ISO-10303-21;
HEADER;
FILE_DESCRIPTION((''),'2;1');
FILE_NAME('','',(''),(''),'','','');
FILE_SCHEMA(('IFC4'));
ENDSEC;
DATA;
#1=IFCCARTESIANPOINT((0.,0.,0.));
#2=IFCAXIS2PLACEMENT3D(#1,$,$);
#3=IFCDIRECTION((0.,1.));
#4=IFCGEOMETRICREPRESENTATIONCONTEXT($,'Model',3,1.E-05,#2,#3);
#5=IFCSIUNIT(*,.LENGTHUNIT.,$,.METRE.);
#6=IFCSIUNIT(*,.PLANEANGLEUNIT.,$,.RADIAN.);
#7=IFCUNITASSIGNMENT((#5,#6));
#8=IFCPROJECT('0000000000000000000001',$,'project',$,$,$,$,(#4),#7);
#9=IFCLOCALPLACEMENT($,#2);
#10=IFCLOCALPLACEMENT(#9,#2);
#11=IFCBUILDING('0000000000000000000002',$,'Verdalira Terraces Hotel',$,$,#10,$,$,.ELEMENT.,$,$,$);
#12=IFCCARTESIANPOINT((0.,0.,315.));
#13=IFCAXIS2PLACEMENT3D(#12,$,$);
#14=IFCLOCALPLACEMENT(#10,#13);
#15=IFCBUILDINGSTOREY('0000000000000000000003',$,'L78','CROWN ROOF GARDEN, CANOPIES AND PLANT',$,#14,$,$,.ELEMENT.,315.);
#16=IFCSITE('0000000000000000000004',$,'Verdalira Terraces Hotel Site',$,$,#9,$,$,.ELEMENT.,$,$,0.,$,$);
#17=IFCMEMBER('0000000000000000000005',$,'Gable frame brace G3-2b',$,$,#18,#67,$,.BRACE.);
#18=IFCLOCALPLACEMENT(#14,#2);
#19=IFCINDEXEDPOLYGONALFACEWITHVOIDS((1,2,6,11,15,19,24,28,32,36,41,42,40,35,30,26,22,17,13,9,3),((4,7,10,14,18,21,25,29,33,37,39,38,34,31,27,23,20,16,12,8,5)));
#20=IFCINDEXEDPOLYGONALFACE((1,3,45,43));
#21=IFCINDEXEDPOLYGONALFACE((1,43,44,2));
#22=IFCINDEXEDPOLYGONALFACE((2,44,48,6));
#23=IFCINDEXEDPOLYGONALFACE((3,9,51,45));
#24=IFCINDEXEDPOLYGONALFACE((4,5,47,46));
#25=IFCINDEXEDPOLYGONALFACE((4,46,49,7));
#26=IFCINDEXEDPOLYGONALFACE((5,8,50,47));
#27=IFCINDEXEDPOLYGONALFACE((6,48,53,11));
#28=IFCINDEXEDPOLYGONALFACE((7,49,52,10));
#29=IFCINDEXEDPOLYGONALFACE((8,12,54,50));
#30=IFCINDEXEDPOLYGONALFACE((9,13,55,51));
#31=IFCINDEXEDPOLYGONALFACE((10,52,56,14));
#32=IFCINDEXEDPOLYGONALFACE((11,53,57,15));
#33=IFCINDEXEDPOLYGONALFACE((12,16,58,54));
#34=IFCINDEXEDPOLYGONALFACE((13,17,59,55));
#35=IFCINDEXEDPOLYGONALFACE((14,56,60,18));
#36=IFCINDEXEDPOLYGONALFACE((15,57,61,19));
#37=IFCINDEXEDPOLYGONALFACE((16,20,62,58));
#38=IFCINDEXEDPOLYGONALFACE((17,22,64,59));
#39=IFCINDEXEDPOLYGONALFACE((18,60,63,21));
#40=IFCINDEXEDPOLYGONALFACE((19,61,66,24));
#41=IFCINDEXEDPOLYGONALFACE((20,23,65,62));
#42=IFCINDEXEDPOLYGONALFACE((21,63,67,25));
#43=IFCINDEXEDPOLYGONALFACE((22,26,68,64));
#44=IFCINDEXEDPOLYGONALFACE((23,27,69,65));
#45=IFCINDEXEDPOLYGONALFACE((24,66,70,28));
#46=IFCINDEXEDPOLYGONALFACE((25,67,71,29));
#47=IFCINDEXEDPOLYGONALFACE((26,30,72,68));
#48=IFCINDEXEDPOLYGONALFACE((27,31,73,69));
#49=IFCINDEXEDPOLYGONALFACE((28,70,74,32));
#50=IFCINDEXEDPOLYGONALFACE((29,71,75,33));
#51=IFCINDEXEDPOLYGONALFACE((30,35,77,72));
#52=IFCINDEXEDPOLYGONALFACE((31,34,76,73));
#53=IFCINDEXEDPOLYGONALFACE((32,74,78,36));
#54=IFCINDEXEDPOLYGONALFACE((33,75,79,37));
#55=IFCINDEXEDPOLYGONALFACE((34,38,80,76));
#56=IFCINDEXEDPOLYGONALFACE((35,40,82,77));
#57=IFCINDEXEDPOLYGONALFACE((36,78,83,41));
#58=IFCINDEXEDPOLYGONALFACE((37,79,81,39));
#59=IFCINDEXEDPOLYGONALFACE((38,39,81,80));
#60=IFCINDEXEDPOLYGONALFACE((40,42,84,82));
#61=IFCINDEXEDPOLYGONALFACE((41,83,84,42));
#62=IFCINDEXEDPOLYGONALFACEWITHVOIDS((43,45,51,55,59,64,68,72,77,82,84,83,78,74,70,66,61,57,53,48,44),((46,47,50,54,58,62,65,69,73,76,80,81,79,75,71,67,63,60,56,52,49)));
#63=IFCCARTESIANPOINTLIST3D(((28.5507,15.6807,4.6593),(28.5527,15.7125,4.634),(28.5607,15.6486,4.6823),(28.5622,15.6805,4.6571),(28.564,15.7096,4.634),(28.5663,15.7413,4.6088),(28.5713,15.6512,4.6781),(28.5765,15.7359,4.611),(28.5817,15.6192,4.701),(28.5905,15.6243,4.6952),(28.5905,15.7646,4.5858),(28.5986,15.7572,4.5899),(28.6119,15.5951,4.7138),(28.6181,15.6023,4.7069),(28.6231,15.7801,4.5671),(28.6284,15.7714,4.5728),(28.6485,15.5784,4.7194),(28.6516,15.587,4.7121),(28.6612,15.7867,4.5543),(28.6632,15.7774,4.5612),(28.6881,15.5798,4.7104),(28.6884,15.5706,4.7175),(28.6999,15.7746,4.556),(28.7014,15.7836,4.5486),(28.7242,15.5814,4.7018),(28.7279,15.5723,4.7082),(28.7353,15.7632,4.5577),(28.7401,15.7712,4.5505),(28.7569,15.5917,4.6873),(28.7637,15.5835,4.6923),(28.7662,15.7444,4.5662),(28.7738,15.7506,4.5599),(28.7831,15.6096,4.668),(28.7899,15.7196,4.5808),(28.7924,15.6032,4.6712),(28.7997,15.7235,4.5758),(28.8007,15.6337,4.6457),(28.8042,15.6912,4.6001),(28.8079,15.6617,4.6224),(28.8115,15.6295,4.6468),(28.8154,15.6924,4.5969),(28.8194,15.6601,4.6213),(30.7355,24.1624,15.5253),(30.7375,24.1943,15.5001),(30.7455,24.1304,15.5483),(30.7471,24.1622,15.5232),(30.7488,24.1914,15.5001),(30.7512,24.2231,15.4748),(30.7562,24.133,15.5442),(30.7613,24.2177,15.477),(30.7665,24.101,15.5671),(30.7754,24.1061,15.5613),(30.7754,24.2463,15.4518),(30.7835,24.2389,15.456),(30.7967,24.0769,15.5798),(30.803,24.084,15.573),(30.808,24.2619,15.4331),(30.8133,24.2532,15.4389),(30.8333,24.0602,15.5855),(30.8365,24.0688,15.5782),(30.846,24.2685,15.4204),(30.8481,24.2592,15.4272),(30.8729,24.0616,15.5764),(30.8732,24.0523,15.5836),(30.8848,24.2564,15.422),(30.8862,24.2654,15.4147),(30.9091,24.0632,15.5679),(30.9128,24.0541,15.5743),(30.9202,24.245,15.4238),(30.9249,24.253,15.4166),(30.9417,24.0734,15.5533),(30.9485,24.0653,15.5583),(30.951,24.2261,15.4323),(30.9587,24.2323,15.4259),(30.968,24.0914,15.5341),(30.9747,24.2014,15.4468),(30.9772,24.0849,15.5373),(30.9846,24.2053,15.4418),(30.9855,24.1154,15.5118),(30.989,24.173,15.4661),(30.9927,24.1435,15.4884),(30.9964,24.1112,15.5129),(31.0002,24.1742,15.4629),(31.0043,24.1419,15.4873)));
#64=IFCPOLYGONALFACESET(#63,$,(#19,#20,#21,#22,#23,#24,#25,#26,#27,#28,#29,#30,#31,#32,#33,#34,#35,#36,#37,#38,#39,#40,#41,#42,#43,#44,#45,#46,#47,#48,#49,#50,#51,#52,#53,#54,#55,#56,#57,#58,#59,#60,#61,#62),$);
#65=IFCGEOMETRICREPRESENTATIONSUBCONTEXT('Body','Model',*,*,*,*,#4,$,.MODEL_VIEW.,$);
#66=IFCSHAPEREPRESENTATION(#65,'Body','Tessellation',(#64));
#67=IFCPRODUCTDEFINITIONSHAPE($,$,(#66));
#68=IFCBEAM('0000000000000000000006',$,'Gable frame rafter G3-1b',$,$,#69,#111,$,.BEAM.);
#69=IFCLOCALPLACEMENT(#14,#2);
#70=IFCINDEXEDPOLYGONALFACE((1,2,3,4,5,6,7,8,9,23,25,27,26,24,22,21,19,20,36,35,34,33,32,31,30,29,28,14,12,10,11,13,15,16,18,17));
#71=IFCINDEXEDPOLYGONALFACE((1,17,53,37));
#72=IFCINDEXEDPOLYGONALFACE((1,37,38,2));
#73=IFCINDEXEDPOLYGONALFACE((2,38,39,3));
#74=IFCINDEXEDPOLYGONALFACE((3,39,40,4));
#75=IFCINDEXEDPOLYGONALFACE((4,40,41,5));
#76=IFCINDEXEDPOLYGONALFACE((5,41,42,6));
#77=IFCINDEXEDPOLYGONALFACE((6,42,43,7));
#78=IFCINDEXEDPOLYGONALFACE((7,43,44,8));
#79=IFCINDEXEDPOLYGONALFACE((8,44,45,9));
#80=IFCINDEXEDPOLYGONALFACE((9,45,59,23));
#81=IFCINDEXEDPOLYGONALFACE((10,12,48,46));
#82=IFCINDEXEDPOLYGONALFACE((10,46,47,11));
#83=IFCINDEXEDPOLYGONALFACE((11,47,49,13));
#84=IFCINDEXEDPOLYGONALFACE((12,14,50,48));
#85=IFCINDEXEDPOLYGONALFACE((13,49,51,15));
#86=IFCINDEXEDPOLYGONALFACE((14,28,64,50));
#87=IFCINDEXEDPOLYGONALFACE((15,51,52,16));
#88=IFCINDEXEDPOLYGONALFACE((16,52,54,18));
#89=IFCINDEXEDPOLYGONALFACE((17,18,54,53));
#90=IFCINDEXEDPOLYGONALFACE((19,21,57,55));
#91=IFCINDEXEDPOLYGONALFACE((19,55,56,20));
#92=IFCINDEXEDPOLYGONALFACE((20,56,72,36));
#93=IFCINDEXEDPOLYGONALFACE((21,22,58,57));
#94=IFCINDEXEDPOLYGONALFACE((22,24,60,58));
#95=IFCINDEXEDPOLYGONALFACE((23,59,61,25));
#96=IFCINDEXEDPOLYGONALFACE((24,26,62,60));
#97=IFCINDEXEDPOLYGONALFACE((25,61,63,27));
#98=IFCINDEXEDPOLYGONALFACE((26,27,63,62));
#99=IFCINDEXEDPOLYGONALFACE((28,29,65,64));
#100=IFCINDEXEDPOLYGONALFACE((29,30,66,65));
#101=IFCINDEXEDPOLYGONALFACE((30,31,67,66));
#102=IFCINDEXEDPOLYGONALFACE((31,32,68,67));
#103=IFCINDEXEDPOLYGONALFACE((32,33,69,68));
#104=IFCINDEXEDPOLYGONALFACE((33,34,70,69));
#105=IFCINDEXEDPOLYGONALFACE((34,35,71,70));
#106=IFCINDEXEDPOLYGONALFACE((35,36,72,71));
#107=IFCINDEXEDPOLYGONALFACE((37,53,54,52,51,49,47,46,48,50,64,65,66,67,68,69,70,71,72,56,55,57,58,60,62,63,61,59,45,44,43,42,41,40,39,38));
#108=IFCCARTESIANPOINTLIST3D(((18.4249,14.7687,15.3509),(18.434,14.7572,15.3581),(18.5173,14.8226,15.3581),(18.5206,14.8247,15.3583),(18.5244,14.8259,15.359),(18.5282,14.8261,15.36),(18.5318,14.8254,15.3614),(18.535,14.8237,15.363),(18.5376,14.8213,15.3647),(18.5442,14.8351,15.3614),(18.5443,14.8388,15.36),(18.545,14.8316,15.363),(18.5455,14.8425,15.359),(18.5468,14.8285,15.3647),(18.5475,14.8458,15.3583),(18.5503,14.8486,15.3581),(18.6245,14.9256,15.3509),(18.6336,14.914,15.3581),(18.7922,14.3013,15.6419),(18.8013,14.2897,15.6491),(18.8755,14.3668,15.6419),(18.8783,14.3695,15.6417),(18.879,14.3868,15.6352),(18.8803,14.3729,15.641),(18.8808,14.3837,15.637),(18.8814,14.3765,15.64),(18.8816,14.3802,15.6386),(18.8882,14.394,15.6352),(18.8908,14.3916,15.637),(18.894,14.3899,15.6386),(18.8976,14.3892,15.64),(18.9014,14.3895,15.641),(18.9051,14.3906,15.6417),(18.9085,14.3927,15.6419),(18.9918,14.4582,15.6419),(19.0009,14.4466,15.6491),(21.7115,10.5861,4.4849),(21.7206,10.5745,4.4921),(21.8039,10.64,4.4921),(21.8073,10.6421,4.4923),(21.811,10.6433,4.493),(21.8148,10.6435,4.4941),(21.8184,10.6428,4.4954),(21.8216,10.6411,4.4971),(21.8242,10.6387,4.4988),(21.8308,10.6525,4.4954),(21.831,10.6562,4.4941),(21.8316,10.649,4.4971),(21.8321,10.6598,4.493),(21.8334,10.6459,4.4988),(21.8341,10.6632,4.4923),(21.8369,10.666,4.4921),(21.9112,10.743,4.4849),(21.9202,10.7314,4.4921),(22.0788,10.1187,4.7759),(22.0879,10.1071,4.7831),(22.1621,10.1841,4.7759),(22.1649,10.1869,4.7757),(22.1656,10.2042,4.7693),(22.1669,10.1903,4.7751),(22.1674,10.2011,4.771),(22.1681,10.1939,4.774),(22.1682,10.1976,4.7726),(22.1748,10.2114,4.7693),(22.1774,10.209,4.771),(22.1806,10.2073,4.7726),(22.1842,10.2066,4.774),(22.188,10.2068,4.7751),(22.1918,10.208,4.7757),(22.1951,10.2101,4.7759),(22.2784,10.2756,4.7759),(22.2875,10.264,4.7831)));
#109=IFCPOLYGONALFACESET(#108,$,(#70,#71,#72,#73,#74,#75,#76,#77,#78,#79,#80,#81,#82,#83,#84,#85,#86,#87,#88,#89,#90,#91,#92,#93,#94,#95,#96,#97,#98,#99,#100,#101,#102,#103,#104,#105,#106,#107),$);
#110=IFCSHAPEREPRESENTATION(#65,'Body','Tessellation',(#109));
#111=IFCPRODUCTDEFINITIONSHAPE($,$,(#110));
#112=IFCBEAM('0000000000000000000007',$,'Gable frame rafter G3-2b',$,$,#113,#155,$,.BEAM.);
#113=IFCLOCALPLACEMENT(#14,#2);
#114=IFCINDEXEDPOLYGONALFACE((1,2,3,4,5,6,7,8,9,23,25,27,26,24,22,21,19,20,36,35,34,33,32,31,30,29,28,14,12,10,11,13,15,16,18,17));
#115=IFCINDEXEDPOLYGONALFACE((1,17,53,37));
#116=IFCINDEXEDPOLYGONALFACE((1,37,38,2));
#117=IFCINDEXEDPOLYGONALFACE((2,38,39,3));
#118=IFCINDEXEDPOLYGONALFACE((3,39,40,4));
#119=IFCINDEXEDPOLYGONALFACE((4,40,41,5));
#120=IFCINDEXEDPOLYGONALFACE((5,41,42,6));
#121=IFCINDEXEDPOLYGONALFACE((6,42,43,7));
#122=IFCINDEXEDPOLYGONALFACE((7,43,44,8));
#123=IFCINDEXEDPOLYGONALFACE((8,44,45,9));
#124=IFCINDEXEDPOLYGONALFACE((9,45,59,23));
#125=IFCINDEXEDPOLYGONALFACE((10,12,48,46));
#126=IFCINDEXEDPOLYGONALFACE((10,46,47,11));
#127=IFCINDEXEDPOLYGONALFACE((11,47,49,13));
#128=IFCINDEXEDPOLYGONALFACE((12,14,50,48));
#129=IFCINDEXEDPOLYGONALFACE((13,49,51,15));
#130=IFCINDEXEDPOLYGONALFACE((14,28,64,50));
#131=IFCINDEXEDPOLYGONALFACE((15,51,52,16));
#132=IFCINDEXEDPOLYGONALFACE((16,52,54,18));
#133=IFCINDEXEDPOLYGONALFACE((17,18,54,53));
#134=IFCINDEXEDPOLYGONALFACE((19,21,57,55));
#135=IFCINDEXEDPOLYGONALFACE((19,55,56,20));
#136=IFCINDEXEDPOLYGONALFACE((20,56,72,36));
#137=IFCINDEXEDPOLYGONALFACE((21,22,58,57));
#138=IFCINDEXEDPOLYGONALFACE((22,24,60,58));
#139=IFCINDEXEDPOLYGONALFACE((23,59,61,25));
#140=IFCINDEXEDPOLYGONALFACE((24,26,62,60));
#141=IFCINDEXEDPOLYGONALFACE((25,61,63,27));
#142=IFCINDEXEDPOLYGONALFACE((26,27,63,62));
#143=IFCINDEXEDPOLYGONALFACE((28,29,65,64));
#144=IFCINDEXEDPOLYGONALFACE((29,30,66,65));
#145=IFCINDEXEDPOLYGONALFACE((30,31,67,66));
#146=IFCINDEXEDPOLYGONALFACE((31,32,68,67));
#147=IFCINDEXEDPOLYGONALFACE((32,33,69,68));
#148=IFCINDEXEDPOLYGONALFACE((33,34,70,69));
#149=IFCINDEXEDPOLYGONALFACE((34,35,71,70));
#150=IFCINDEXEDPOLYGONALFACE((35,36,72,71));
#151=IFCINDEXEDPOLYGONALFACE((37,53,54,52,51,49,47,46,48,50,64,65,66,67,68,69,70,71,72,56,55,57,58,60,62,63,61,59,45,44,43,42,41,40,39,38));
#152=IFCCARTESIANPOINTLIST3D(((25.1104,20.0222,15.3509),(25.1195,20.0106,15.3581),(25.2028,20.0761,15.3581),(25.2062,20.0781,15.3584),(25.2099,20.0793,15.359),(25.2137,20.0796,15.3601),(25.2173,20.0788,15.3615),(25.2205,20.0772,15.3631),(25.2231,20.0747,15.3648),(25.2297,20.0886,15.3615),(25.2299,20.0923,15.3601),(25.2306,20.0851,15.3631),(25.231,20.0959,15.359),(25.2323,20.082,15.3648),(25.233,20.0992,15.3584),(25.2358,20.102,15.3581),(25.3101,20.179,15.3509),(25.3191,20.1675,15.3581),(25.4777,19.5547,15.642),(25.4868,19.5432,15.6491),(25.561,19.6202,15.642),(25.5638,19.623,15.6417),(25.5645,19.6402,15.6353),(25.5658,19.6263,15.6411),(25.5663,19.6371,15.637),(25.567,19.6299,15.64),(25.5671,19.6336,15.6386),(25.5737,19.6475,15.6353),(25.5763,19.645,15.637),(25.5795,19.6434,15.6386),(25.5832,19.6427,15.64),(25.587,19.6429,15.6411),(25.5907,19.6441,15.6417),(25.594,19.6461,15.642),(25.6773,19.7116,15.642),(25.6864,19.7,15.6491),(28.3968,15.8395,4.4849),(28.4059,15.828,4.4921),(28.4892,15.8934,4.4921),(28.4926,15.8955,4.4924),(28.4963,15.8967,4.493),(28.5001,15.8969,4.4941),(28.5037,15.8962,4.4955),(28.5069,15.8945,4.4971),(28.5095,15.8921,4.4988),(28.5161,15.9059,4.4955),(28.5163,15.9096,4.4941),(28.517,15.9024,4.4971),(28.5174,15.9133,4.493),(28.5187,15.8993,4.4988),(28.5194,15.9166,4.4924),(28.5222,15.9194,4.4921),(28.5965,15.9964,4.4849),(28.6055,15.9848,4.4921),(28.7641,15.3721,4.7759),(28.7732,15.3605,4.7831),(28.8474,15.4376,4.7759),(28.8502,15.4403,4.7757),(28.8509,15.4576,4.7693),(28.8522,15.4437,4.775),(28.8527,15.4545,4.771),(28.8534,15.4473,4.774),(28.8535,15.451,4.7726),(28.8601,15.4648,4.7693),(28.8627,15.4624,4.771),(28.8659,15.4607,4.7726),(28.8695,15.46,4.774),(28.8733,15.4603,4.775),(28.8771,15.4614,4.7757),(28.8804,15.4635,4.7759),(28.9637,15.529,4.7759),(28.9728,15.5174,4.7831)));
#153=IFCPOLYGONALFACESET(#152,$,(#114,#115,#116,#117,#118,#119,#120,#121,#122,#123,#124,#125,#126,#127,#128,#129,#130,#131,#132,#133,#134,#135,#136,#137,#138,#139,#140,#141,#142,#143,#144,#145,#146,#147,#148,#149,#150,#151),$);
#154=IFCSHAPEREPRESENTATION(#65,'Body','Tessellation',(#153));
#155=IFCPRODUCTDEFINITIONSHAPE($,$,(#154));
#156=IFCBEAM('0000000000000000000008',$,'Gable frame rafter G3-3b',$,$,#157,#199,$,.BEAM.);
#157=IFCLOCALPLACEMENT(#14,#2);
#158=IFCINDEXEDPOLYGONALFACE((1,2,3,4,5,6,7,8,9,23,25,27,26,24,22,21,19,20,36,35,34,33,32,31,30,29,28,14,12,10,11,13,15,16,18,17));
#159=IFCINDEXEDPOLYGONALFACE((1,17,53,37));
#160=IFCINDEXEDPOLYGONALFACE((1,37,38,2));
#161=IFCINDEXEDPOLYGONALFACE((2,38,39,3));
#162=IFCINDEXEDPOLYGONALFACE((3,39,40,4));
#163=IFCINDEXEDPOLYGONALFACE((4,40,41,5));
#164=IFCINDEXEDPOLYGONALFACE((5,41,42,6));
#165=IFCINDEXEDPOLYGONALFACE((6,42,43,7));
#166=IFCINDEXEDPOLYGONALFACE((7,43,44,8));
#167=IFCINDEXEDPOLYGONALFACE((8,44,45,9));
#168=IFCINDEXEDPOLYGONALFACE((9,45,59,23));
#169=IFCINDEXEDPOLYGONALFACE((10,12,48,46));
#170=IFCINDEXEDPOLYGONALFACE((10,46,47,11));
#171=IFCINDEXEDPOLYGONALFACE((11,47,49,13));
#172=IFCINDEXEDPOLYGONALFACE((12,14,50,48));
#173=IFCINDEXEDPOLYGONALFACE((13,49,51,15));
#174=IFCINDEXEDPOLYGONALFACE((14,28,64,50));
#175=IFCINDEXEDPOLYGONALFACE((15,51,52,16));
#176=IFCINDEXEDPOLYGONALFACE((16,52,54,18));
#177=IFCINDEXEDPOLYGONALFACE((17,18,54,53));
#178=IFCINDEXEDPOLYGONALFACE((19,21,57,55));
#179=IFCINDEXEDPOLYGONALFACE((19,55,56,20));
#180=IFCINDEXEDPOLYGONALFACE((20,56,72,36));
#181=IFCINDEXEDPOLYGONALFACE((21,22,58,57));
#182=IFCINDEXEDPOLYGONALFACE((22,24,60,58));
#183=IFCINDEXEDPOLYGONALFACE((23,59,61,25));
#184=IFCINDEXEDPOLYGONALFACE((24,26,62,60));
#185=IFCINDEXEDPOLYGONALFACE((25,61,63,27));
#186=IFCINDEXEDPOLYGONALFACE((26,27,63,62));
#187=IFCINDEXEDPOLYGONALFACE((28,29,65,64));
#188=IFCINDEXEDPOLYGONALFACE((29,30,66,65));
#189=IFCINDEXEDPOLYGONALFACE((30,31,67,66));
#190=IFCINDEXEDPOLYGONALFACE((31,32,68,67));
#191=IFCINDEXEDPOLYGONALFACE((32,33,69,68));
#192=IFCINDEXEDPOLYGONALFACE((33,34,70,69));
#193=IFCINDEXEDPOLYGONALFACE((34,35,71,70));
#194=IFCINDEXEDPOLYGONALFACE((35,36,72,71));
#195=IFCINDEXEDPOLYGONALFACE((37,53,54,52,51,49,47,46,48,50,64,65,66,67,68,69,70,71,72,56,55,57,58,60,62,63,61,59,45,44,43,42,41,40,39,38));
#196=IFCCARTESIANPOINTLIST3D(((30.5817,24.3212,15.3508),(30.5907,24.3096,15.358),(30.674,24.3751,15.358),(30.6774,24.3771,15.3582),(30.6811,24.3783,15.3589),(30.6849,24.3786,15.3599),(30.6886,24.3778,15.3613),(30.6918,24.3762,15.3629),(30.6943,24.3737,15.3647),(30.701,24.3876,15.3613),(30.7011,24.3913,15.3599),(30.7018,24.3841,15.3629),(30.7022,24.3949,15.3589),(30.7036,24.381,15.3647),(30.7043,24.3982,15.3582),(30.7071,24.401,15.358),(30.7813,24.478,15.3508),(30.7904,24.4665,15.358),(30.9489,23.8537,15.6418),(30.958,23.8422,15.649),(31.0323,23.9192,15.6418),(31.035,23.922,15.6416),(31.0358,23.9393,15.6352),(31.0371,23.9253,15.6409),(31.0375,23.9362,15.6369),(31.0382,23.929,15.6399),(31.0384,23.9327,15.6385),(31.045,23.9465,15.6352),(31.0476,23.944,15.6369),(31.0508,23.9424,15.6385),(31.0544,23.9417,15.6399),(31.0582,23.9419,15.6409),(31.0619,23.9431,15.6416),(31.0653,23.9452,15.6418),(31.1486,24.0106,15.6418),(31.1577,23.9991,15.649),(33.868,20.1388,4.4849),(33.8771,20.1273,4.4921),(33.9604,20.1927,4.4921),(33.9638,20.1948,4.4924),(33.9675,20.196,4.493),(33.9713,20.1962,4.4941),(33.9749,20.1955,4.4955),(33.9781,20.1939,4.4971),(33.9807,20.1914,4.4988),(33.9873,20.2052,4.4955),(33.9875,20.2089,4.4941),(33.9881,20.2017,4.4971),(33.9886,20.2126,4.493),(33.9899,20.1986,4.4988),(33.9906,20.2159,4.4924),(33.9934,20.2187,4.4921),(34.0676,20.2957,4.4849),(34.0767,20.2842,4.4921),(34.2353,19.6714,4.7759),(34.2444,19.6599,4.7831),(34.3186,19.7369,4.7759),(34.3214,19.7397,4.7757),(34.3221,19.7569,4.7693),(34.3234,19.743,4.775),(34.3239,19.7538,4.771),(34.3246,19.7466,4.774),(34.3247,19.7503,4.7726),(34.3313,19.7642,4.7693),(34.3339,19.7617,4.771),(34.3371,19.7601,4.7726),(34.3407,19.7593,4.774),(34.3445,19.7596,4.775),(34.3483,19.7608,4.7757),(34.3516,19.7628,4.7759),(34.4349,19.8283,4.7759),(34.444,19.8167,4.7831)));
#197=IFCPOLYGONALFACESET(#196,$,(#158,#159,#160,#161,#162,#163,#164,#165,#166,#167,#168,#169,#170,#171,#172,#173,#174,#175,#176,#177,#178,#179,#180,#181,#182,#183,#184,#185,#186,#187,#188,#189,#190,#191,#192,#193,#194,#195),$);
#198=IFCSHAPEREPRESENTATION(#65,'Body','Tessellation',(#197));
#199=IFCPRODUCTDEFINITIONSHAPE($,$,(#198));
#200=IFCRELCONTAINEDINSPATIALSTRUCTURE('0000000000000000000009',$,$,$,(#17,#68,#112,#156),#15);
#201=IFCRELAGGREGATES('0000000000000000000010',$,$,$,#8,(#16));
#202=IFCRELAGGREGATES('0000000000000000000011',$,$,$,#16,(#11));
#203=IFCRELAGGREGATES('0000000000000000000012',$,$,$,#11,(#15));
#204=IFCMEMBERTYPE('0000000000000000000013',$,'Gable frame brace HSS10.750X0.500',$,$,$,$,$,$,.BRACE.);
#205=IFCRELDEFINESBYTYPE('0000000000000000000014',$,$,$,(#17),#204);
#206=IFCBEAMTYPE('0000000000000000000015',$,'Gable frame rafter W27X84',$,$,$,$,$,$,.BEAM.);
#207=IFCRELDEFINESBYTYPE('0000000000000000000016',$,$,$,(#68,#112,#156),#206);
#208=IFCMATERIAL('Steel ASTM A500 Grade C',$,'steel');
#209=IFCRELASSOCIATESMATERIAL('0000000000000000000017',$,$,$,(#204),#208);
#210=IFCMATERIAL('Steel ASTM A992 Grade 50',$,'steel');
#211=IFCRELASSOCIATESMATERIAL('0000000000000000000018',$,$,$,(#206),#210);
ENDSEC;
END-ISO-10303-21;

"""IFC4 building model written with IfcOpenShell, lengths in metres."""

from ifc_helpers import new_model, si_unit, direction, frame, origin, origin_2d, place, context, subcontext, project, spatial, hollow_circle, i_section, extrude, material, material_profile, profile_set, type_object, element, save


model = new_model("IFC4")

# Units and contexts
model_context = context("Model", 3, precision=1e-05, world=origin(), true_north=direction((0.0, 1.0)))
body_context = subcontext(model_context, "Body", "Model", "MODEL_VIEW")
ifc_project = project(units=[si_unit("LENGTHUNIT", "METRE"), si_unit("PLANEANGLEUNIT", "RADIAN")], contexts=[model_context])

# Site, building, storey
site_placement = place(None, origin())
site = spatial("IfcSite", under=ifc_project, at=site_placement, Name="Verdalira Terraces Hotel Site", CompositionType="ELEMENT", RefElevation=0.0)
building_placement = place(site_placement, origin())
building = spatial("IfcBuilding", under=site, at=building_placement, Name="Verdalira Terraces Hotel", CompositionType="ELEMENT")
storey_placement = place(building_placement, frame((0.0, 0.0, 315.0)))
storey = spatial("IfcBuildingStorey", under=building, at=storey_placement, Name="L78", Description="CROWN ROOF GARDEN, CANOPIES AND PLANT", CompositionType="ELEMENT", Elevation=315.0)

# Member
ifc_material_1 = material(Name="Steel ASTM A500 Grade C", Category="steel")
ifc_material_profile_1 = material_profile(ifc_material_1, hollow_circle(Radius=0.1365, WallThickness=0.0117, at=origin_2d()), Name="HSS10.750X0.500")
ifc_profile_set_1 = profile_set([ifc_material_profile_1], Name="Steel ASTM A500 Grade C")
member_type_1 = type_object("IfcMemberType", Name="Gable frame brace HSS10.750X0.500", PredefinedType="BRACE", material=ifc_profile_set_1)
member_1_placement = place(storey_placement, frame((28.6848, 15.6785, 4.634), z_axis=(0.156545, 0.607727, 0.778564), x_axis=(-0.968388, 0.249449, 0.0)))
element("IfcMember", 1, at=member_1_placement, inside=storey, type_object=member_type_1, Name="Gable frame brace G3-2b", PredefinedType="BRACE", context=body_context, shape_type="SweptSolid", body=[
    extrude(hollow_circle(Radius=0.1365, WallThickness=0.0117, at=origin_2d()), origin(), (0.0, 0.0, 1.0), 13.9565),
])

# Beams
ifc_material_2 = material(Name="Steel ASTM A992 Grade 50", Category="steel")
ifc_material_profile_2 = material_profile(ifc_material_2, i_section(OverallWidth=0.2539, OverallDepth=0.6782, WebThickness=0.0117, FlangeThickness=0.0164, FilletRadius=0.0151, at=origin_2d()), Name="W27X84")
ifc_profile_set_2 = profile_set([ifc_material_profile_2], Name="Steel ASTM A992 Grade 50")
beam_type_1 = type_object("IfcBeamType", Name="Gable frame rafter W27X84", PredefinedType="BEAM", material=ifc_profile_set_2)
for number, where, z_axis, x_axis, name in (
    (2, (21.9995, 10.425, 4.634), (-0.271663, 0.345724, 0.898151), (-0.786293, -0.617854, 0.0), "Gable frame rafter G3-1b"),
    (3, (28.6848, 15.6785, 4.634), (-0.271644, 0.345725, 0.898156), (-0.786315, -0.617826, 0.0), "Gable frame rafter G3-2b"),
):
    element("IfcBeam", number, at=place(storey_placement, frame(where, z_axis=z_axis, x_axis=x_axis)), inside=storey, type_object=beam_type_1, Name=name, PredefinedType="BEAM", context=body_context, shape_type="SweptSolid", body=[
        extrude(i_section(OverallWidth=0.2539, OverallDepth=0.6782, WebThickness=0.0117, FlangeThickness=0.0164, FilletRadius=0.0151, at=origin_2d()), origin(), (0.0, 0.0, 1.0), 12.0981),
    ])
beam_1_placement = place(storey_placement, frame((34.156, 19.9778, 4.634), z_axis=(-0.271646, 0.345708, 0.898162), x_axis=(-0.786298, -0.617848, 0.0)))
element("IfcBeam", 4, at=beam_1_placement, inside=storey, type_object=beam_type_1, Name="Gable frame rafter G3-3b", PredefinedType="BEAM", context=body_context, shape_type="SweptSolid", body=[
    extrude(i_section(OverallWidth=0.2539, OverallDepth=0.6782, WebThickness=0.0117, FlangeThickness=0.0164, FilletRadius=0.0151, at=origin_2d()), origin(), (0.0, 0.0, 1.0), 12.0979),
])

save(model, "model.ifc")
